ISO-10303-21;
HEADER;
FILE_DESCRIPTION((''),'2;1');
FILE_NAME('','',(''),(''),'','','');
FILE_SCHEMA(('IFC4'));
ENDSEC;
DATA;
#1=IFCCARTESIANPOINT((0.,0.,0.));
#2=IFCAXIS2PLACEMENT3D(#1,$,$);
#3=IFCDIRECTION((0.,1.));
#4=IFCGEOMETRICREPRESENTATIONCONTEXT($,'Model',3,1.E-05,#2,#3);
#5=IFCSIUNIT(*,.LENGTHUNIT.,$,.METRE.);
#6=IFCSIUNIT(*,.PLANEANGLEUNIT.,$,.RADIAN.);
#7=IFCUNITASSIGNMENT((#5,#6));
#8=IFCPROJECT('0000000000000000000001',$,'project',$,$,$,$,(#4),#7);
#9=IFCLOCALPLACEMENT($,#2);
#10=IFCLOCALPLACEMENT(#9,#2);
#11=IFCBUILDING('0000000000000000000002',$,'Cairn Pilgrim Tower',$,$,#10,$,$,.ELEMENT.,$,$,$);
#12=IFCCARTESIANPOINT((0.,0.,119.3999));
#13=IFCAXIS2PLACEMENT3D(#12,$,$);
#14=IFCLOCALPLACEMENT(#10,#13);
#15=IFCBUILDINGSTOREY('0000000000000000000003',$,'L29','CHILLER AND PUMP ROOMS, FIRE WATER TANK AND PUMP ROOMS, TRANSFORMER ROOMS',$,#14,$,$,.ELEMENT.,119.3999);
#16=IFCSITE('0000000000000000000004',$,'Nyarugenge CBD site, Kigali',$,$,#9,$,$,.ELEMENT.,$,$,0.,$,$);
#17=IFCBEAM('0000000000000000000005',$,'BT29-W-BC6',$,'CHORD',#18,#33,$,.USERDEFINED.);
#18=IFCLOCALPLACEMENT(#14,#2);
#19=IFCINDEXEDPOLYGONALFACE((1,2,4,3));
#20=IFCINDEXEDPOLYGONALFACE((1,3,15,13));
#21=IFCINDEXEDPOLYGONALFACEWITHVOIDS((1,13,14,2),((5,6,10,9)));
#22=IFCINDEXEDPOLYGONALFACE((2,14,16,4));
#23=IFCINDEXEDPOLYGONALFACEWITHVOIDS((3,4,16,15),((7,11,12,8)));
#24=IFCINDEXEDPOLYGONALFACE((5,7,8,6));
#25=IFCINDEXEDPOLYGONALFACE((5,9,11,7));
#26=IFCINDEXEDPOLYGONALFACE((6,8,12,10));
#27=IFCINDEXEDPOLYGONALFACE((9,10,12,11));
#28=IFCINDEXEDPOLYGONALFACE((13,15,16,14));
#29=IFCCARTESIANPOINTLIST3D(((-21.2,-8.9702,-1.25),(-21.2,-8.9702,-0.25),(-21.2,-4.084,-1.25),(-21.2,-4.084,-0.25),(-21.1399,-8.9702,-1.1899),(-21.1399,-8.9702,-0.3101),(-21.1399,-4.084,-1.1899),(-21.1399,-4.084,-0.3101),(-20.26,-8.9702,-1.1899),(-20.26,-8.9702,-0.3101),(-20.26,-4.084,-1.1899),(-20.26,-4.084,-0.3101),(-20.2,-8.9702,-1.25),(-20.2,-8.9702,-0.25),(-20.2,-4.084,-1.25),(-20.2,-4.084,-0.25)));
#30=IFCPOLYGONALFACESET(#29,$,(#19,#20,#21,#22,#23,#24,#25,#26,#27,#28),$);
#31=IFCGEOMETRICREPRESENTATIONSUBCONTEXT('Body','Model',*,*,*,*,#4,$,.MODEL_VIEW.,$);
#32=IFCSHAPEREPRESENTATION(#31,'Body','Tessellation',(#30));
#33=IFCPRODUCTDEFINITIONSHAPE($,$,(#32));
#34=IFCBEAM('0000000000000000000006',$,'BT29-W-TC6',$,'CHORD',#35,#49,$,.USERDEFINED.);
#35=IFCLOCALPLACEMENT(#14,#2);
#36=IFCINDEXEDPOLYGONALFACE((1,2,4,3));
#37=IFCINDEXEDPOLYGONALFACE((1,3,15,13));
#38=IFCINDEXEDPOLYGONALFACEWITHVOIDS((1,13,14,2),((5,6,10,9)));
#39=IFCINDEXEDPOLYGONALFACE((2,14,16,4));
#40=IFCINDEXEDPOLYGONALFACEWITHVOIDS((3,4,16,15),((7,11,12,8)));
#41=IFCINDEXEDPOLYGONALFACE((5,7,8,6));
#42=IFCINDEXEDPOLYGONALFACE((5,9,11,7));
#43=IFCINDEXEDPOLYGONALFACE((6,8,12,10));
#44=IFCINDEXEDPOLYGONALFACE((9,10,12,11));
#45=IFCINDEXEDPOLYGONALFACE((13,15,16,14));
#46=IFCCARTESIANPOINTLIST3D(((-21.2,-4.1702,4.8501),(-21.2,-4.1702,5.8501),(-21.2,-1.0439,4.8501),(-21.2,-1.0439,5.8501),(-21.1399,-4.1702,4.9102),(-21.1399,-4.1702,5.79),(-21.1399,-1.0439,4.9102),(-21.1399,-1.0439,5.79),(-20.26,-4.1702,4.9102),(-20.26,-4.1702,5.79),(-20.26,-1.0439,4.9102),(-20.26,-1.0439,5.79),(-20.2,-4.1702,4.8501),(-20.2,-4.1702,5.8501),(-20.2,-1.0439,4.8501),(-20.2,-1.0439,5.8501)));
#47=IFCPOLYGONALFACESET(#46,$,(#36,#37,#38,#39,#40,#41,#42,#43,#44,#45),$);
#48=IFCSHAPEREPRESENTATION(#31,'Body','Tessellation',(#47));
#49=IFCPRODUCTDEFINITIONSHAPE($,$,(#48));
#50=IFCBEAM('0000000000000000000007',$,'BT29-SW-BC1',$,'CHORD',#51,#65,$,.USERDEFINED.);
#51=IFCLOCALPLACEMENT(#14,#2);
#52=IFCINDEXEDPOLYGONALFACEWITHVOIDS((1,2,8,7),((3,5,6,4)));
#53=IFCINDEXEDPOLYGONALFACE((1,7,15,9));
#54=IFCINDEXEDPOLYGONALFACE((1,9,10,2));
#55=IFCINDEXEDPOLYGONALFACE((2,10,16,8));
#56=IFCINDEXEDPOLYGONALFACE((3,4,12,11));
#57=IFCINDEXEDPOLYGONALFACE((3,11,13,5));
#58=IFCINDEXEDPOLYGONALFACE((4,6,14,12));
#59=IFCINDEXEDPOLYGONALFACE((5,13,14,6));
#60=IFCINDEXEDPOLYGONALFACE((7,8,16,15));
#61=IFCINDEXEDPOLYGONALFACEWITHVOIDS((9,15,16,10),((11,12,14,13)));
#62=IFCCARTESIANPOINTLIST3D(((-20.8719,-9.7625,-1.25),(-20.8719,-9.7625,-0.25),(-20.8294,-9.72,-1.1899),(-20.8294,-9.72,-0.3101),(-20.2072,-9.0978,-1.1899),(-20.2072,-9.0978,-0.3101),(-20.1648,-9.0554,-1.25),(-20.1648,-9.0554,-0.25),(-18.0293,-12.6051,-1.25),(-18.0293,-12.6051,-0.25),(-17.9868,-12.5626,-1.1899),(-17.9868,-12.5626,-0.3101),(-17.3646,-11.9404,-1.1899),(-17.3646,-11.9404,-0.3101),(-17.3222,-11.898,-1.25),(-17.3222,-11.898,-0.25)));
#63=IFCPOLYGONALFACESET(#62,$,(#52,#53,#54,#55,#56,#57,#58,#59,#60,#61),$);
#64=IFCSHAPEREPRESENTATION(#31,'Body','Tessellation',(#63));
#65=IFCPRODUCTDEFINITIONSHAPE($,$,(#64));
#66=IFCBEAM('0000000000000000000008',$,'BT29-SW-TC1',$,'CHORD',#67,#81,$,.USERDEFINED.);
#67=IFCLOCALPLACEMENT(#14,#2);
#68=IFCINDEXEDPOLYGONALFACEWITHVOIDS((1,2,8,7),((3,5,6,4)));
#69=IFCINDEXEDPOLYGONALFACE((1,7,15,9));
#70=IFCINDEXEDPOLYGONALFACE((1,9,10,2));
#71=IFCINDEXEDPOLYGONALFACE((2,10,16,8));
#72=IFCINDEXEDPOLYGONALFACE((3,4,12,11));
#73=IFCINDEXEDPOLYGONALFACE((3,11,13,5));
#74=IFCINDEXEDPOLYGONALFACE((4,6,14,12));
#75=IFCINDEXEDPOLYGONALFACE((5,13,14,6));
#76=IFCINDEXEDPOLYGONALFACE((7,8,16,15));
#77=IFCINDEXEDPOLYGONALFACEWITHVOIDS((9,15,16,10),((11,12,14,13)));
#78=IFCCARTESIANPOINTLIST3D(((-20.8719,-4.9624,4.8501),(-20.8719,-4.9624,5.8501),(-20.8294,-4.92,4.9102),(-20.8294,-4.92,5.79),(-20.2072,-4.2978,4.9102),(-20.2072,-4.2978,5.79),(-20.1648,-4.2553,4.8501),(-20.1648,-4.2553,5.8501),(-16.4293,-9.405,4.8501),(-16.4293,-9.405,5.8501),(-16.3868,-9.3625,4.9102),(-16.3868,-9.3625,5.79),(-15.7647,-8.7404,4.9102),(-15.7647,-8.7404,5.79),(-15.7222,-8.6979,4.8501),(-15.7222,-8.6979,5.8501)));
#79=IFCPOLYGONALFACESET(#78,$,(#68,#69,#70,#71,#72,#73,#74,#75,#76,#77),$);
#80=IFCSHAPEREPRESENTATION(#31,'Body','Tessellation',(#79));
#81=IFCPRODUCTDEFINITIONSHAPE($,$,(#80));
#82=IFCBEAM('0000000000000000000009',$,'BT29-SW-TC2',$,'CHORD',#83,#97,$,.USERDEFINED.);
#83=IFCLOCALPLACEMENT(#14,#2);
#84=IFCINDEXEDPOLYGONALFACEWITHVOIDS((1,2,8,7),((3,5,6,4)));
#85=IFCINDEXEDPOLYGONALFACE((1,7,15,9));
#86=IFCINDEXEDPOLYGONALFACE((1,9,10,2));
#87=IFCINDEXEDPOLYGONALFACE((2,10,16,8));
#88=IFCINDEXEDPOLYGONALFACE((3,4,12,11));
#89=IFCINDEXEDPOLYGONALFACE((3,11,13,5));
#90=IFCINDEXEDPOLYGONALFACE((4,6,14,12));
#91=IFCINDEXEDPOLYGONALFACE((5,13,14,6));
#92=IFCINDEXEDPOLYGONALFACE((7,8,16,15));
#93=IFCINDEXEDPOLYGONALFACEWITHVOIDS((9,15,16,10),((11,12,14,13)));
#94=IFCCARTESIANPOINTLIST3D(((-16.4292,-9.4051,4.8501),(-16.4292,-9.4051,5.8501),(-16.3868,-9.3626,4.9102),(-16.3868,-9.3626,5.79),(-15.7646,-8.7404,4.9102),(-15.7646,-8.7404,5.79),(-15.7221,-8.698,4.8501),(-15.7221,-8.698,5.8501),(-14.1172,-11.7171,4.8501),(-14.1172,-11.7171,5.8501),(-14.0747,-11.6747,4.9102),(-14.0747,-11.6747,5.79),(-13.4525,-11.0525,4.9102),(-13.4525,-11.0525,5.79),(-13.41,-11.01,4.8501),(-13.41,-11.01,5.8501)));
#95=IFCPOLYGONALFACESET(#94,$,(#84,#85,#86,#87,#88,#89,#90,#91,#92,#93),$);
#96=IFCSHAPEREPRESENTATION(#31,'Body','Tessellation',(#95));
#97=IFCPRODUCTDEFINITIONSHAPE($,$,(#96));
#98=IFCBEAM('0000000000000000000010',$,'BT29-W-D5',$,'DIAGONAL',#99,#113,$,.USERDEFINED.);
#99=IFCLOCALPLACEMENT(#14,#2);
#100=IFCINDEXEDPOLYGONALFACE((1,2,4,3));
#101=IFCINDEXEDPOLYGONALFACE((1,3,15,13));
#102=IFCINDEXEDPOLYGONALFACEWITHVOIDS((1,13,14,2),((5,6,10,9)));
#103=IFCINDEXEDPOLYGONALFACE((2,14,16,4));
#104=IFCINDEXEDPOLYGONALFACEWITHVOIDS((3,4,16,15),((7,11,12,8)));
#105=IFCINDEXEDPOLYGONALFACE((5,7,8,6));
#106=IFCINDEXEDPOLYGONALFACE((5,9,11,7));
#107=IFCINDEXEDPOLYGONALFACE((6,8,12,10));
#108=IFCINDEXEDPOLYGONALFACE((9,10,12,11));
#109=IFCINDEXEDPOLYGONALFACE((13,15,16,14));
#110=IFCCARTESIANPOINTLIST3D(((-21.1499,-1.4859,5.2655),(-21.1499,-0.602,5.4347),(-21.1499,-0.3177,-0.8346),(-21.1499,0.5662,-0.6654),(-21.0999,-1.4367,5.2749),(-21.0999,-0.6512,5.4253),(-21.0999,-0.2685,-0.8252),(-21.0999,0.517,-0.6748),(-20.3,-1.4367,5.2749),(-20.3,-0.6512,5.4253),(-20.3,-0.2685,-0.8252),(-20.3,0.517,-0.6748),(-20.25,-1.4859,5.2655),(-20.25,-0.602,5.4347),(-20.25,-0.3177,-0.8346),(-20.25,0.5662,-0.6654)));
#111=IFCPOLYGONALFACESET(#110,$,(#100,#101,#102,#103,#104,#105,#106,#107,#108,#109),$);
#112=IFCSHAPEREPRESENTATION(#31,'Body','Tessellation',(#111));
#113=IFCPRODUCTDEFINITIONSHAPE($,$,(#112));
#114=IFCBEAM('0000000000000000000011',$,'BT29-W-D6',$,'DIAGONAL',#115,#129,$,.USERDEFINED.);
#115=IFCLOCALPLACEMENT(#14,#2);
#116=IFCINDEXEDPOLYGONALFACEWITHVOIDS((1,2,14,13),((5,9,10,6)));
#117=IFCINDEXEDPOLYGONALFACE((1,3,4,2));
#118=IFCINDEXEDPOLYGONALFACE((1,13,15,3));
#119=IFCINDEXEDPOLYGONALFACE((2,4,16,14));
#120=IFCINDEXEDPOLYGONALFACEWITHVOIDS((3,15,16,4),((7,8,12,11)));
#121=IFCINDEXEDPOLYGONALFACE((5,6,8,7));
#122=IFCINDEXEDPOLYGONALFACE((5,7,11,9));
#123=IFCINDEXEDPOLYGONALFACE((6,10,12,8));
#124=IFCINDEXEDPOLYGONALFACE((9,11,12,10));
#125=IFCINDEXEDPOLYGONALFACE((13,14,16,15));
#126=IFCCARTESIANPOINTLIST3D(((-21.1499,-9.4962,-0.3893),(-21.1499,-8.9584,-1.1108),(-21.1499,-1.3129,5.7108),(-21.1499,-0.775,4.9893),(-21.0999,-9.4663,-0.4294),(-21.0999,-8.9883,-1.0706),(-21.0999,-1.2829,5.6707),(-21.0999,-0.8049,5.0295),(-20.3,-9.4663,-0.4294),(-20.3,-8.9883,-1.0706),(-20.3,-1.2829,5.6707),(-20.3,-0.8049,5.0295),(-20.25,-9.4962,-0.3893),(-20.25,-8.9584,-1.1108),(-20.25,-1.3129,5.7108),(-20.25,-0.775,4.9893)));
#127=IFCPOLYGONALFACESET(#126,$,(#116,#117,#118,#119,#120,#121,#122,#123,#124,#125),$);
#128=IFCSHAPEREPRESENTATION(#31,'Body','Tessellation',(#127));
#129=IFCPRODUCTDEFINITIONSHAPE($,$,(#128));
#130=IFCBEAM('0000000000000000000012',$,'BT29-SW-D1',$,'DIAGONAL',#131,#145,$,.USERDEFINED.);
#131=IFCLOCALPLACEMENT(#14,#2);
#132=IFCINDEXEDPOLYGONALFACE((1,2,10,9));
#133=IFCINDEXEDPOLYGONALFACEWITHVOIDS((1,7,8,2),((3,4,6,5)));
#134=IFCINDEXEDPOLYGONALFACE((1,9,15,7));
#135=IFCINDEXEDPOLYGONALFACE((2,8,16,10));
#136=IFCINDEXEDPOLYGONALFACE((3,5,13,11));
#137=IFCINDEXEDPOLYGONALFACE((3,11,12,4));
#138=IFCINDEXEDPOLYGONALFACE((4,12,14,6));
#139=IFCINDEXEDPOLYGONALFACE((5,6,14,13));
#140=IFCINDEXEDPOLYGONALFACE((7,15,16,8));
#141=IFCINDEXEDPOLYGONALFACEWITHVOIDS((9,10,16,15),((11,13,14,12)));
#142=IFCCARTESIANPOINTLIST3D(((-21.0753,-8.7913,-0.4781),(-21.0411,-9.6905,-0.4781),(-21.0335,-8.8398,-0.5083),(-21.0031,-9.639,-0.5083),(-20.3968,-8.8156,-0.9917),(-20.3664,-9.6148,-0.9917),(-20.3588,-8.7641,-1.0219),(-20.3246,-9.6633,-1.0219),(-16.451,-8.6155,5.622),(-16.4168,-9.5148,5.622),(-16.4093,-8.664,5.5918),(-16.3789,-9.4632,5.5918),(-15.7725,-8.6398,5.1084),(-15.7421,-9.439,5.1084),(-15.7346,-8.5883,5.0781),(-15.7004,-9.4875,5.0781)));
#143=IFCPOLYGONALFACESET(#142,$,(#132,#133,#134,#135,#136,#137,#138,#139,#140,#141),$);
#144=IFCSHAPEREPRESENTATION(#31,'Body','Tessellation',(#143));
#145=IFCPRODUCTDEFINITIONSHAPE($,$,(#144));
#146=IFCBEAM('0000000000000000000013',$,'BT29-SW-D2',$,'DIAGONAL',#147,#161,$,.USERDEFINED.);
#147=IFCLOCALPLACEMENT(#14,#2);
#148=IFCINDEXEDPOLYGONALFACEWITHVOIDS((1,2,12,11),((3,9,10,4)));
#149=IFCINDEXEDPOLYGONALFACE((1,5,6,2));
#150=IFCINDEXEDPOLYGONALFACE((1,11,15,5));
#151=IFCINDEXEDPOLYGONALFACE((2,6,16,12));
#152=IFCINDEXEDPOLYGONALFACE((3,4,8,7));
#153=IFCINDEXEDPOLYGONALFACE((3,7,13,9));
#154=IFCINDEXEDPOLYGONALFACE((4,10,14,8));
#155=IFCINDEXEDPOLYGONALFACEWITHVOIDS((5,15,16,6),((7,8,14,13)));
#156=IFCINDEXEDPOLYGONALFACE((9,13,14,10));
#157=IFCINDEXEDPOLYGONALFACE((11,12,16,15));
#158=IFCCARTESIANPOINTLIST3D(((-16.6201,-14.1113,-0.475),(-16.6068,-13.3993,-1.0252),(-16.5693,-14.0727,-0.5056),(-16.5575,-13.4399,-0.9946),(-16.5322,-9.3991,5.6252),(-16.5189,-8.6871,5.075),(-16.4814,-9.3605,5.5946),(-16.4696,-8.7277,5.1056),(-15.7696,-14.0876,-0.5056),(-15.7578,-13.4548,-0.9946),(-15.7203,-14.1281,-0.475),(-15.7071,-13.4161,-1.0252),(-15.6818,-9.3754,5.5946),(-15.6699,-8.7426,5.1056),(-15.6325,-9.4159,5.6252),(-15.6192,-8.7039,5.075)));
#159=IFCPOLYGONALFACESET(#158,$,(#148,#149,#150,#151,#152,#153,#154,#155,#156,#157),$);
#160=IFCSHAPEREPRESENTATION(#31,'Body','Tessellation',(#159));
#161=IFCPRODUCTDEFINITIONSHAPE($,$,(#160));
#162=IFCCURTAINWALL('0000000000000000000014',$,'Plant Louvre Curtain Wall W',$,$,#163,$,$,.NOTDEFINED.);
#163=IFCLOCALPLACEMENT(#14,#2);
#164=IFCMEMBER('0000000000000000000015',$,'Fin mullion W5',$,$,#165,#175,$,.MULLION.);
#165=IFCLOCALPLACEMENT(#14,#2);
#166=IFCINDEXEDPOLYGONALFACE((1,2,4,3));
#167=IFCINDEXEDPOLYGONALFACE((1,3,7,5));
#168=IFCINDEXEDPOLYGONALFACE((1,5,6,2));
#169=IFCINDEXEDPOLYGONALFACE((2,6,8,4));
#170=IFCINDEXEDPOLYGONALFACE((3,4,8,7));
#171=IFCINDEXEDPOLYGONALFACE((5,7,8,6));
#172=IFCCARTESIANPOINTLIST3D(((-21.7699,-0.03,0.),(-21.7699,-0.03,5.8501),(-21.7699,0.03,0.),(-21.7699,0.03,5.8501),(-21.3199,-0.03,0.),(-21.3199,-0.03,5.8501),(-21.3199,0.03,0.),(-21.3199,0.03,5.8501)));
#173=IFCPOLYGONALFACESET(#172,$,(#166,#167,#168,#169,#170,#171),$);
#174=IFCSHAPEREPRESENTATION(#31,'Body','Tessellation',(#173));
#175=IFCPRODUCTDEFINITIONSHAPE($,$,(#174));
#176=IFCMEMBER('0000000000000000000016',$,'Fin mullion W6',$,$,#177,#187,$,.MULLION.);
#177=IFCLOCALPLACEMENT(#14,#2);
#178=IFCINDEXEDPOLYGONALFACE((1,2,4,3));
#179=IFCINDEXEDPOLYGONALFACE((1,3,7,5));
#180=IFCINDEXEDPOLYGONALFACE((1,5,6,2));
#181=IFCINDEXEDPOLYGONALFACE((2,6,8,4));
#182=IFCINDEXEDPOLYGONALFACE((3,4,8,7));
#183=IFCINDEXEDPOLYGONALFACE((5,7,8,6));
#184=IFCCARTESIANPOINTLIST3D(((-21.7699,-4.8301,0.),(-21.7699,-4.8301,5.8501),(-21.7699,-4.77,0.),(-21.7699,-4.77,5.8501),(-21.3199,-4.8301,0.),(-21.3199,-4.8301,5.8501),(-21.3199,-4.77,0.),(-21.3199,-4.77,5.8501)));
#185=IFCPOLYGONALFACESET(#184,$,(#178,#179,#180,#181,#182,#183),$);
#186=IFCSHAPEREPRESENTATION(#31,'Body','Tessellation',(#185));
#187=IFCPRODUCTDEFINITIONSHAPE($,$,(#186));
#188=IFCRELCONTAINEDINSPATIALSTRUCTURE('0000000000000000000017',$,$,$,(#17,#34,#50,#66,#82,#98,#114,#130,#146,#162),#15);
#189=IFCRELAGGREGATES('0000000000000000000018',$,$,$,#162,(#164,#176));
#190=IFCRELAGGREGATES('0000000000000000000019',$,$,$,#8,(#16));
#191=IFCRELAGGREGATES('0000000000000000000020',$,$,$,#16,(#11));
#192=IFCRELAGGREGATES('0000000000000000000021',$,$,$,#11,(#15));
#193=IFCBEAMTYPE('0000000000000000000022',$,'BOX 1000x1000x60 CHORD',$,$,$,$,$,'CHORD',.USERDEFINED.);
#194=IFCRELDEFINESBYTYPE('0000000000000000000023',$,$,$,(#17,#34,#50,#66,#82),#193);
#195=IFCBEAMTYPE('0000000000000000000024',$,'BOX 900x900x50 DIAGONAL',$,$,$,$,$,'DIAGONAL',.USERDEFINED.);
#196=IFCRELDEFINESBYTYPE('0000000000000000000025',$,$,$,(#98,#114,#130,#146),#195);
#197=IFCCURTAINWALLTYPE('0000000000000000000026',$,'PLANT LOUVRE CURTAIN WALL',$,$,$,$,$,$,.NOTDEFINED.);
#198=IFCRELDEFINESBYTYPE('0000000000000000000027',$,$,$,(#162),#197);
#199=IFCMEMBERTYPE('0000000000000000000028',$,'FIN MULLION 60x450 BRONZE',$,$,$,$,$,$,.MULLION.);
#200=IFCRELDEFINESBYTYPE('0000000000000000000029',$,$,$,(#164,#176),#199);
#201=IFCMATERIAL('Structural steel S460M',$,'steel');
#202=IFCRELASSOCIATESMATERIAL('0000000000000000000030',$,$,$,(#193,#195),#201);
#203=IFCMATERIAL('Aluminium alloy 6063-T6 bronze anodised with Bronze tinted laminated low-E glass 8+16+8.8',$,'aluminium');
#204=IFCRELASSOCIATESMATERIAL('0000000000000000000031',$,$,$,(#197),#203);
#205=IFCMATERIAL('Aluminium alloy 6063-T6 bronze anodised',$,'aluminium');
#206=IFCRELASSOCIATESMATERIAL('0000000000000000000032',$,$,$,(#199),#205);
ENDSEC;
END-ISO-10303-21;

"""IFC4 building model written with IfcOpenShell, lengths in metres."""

from ifc_helpers import new_model, si_unit, direction, frame, origin, origin_2d, place, context, subcontext, project, spatial, rectangle, hollow_rectangle, extrude, material, material_profile, profile_set, type_object, element, aggregate, save


model = new_model("IFC4")

# Units and contexts
model_context = context("Model", 3, precision=1e-05, world=origin(), true_north=direction((0.0, 1.0)))
body_context = subcontext(model_context, "Body", "Model", "MODEL_VIEW")
ifc_project = project(units=[si_unit("LENGTHUNIT", "METRE"), si_unit("PLANEANGLEUNIT", "RADIAN")], contexts=[model_context])

# Site, building, storey
site_placement = place(None, origin())
site = spatial("IfcSite", under=ifc_project, at=site_placement, Name="Nyarugenge CBD site, Kigali", CompositionType="ELEMENT", RefElevation=0.0)
building_placement = place(site_placement, origin())
building = spatial("IfcBuilding", under=site, at=building_placement, Name="Cairn Pilgrim Tower", CompositionType="ELEMENT")
storey_placement = place(building_placement, frame((0.0, 0.0, 119.3999)))
storey = spatial("IfcBuildingStorey", under=building, at=storey_placement, Name="L29", Description="CHILLER AND PUMP ROOMS, FIRE WATER TANK AND PUMP ROOMS, TRANSFORMER ROOMS", CompositionType="ELEMENT", Elevation=119.3999)

# Shared definitions
ifc_material_1 = material(Name="Structural steel S460M", Category="steel")

# Beams
ifc_material_profile_1 = material_profile(ifc_material_1, hollow_rectangle(XDim=1.0, YDim=1.0, WallThickness=0.0601, at=origin_2d()), Name="BOX 1000x1000x60")
ifc_profile_set_1 = profile_set([ifc_material_profile_1], Name="Structural steel S460M")
beam_type_1 = type_object("IfcBeamType", Name="BOX 1000x1000x60 CHORD", ElementType="CHORD", PredefinedType="USERDEFINED", material=ifc_profile_set_1)
beam_1_placement = place(storey_placement, frame((-20.7, -4.084, -0.75), z_axis=(0.0, -1.0, 0.0), x_axis=(1.0, 0.0, 0.0)))
element("IfcBeam", 1, at=beam_1_placement, inside=storey, type_object=beam_type_1, Name="BT29-W-BC6", ObjectType="CHORD", PredefinedType="USERDEFINED", context=body_context, shape_type="SweptSolid", body=[
    extrude(hollow_rectangle(XDim=1.0, YDim=1.0, WallThickness=0.0601, at=origin_2d()), origin(), (0.0, 0.0, 1.0), 4.8862),
])
beam_2_placement = place(storey_placement, frame((-20.7, -1.0439, 5.3501), z_axis=(0.0, -1.0, 0.0), x_axis=(1.0, 0.0, 0.0)))
element("IfcBeam", 2, at=beam_2_placement, inside=storey, type_object=beam_type_1, Name="BT29-W-TC6", ObjectType="CHORD", PredefinedType="USERDEFINED", context=body_context, shape_type="SweptSolid", body=[
    extrude(hollow_rectangle(XDim=1.0, YDim=1.0, WallThickness=0.0601, at=origin_2d()), origin(), (0.0, 0.0, 1.0), 3.1262),
])
beam_3_placement = place(storey_placement, frame((-20.5183, -9.4089, -0.75), z_axis=(0.707107, -0.707107, 0.0), x_axis=(0.707107, 0.707107, 0.0)))
element("IfcBeam", 3, at=beam_3_placement, inside=storey, type_object=beam_type_1, Name="BT29-SW-BC1", ObjectType="CHORD", PredefinedType="USERDEFINED", context=body_context, shape_type="SweptSolid", body=[
    extrude(hollow_rectangle(XDim=1.0, YDim=1.0, WallThickness=0.0601, at=origin_2d()), origin(), (0.0, 0.0, 1.0), 4.02),
])
beam_4_placement = place(storey_placement, frame((-20.5183, -4.6089, 5.3501), z_axis=(0.707107, -0.707107, 0.0), x_axis=(0.707107, 0.707107, 0.0)))
element("IfcBeam", 4, at=beam_4_placement, inside=storey, type_object=beam_type_1, Name="BT29-SW-TC1", ObjectType="CHORD", PredefinedType="USERDEFINED", context=body_context, shape_type="SweptSolid", body=[
    extrude(hollow_rectangle(XDim=1.0, YDim=1.0, WallThickness=0.0601, at=origin_2d()), origin(), (0.0, 0.0, 1.0), 6.2827),
])
beam_5_placement = place(storey_placement, frame((-16.0757, -9.0515, 5.3501), z_axis=(0.707107, -0.707107, 0.0), x_axis=(0.707107, 0.707107, 0.0)))
element("IfcBeam", 5, at=beam_5_placement, inside=storey, type_object=beam_type_1, Name="BT29-SW-TC2", ObjectType="CHORD", PredefinedType="USERDEFINED", context=body_context, shape_type="SweptSolid", body=[
    extrude(hollow_rectangle(XDim=1.0, YDim=1.0, WallThickness=0.0601, at=origin_2d()), origin(), (0.0, 0.0, 1.0), 3.2698),
])
ifc_material_profile_2 = material_profile(ifc_material_1, hollow_rectangle(XDim=0.8999, YDim=0.8999, WallThickness=0.05, at=origin_2d()), Name="BOX 900x900x50")
ifc_profile_set_2 = profile_set([ifc_material_profile_2], Name="Structural steel S460M")
beam_type_2 = type_object("IfcBeamType", Name="BOX 900x900x50 DIAGONAL", ElementType="DIAGONAL", PredefinedType="USERDEFINED", material=ifc_profile_set_2)
beam_6_placement = place(storey_placement, frame((-20.7, 0.1243, -0.75), z_axis=(0.0, -0.188089, 0.982152), x_axis=(1.0, 0.0, 0.0)))
element("IfcBeam", 6, at=beam_6_placement, inside=storey, type_object=beam_type_2, Name="BT29-W-D5", ObjectType="DIAGONAL", PredefinedType="USERDEFINED", context=body_context, shape_type="SweptSolid", body=[
    extrude(hollow_rectangle(XDim=0.8999, YDim=0.8999, WallThickness=0.05, at=origin_2d()), origin(), (0.0, 0.0, 1.0), 6.2109),
])
beam_7_placement = place(storey_placement, frame((-20.7, -1.0439, 5.3501), z_axis=(0.0, -0.801756, -0.597651), x_axis=(1.0, 0.0, 0.0)))
element("IfcBeam", 7, at=beam_7_placement, inside=storey, type_object=beam_type_2, Name="BT29-W-D6", ObjectType="DIAGONAL", PredefinedType="USERDEFINED", context=body_context, shape_type="SweptSolid", body=[
    extrude(hollow_rectangle(XDim=0.8999, YDim=0.8999, WallThickness=0.05, at=origin_2d()), origin(), (0.0, 0.0, 1.0), 10.2068),
])
beam_8_placement = place(storey_placement, frame((-20.7, -9.2273, -0.75), z_axis=(0.603946, 0.022958, 0.796695), x_axis=(-0.037985, 0.999278, 0.0)))
element("IfcBeam", 8, at=beam_8_placement, inside=storey, type_object=beam_type_2, Name="BT29-SW-D1", ObjectType="DIAGONAL", PredefinedType="USERDEFINED", context=body_context, shape_type="SweptSolid", body=[
    extrude(hollow_rectangle(XDim=0.8999, YDim=0.8999, WallThickness=0.05, at=origin_2d()), origin(), (0.0, 0.0, 1.0), 7.6567),
])
beam_9_placement = place(storey_placement, frame((-16.0757, -9.0515, 5.3501), z_axis=(-0.011402, -0.611282, -0.791331), x_axis=(0.999826, -0.018649, 0.0)))
element("IfcBeam", 9, at=beam_9_placement, inside=storey, type_object=beam_type_2, Name="BT29-SW-D2", ObjectType="DIAGONAL", PredefinedType="USERDEFINED", context=body_context, shape_type="SweptSolid", body=[
    extrude(hollow_rectangle(XDim=0.8999, YDim=0.8999, WallThickness=0.05, at=origin_2d()), origin(), (0.0, 0.0, 1.0), 7.7087),
])

# Curtain wall, members
ifc_material_2 = material(Name="Aluminium alloy 6063-T6 bronze anodised with Bronze tinted laminated low-E glass 8+16+8.8", Category="aluminium")
curtain_wall_type = type_object("IfcCurtainWallType", Name="PLANT LOUVRE CURTAIN WALL", PredefinedType="NOTDEFINED", material=ifc_material_2)
curtain_wall_1_placement = place(storey_placement, origin())
curtain_wall_1 = element("IfcCurtainWall", 10, at=curtain_wall_1_placement, inside=storey, type_object=curtain_wall_type, Name="Plant Louvre Curtain Wall W", PredefinedType="NOTDEFINED")
ifc_material_3 = material(Name="Aluminium alloy 6063-T6 bronze anodised", Category="aluminium")
ifc_material_profile_3 = material_profile(ifc_material_3, rectangle(XDim=0.45, YDim=0.0601, at=origin_2d()), Name="FIN MULLION 60x450 BRONZE")
ifc_profile_set_3 = profile_set([ifc_material_profile_3], Name="Aluminium alloy 6063-T6 bronze anodised")
member_type_1 = type_object("IfcMemberType", Name="FIN MULLION 60x450 BRONZE", PredefinedType="MULLION", material=ifc_profile_set_3)
member_1_placement = place(storey_placement, frame((-21.5449, 0.0, 0.0), z_axis=(0.0, 0.0, 1.0), x_axis=(-1.0, 0.0, 0.0)))
member_1 = element("IfcMember", 11, at=member_1_placement, type_object=member_type_1, Name="Fin mullion W5", PredefinedType="MULLION", context=body_context, shape_type="SweptSolid", body=[
    extrude(rectangle(XDim=0.45, YDim=0.0601, at=origin_2d()), origin(), (0.0, 0.0, 1.0), 5.8501),
])
member_2_placement = place(storey_placement, frame((-21.5449, -4.8, 0.0), z_axis=(0.0, 0.0, 1.0), x_axis=(-1.0, 0.0, 0.0)))
member_2 = element("IfcMember", 12, at=member_2_placement, type_object=member_type_1, Name="Fin mullion W6", PredefinedType="MULLION", context=body_context, shape_type="SweptSolid", body=[
    extrude(rectangle(XDim=0.45, YDim=0.0601, at=origin_2d()), origin(), (0.0, 0.0, 1.0), 5.8501),
])

aggregate(curtain_wall_1, [member_1, member_2])

save(model, "model.ifc")
